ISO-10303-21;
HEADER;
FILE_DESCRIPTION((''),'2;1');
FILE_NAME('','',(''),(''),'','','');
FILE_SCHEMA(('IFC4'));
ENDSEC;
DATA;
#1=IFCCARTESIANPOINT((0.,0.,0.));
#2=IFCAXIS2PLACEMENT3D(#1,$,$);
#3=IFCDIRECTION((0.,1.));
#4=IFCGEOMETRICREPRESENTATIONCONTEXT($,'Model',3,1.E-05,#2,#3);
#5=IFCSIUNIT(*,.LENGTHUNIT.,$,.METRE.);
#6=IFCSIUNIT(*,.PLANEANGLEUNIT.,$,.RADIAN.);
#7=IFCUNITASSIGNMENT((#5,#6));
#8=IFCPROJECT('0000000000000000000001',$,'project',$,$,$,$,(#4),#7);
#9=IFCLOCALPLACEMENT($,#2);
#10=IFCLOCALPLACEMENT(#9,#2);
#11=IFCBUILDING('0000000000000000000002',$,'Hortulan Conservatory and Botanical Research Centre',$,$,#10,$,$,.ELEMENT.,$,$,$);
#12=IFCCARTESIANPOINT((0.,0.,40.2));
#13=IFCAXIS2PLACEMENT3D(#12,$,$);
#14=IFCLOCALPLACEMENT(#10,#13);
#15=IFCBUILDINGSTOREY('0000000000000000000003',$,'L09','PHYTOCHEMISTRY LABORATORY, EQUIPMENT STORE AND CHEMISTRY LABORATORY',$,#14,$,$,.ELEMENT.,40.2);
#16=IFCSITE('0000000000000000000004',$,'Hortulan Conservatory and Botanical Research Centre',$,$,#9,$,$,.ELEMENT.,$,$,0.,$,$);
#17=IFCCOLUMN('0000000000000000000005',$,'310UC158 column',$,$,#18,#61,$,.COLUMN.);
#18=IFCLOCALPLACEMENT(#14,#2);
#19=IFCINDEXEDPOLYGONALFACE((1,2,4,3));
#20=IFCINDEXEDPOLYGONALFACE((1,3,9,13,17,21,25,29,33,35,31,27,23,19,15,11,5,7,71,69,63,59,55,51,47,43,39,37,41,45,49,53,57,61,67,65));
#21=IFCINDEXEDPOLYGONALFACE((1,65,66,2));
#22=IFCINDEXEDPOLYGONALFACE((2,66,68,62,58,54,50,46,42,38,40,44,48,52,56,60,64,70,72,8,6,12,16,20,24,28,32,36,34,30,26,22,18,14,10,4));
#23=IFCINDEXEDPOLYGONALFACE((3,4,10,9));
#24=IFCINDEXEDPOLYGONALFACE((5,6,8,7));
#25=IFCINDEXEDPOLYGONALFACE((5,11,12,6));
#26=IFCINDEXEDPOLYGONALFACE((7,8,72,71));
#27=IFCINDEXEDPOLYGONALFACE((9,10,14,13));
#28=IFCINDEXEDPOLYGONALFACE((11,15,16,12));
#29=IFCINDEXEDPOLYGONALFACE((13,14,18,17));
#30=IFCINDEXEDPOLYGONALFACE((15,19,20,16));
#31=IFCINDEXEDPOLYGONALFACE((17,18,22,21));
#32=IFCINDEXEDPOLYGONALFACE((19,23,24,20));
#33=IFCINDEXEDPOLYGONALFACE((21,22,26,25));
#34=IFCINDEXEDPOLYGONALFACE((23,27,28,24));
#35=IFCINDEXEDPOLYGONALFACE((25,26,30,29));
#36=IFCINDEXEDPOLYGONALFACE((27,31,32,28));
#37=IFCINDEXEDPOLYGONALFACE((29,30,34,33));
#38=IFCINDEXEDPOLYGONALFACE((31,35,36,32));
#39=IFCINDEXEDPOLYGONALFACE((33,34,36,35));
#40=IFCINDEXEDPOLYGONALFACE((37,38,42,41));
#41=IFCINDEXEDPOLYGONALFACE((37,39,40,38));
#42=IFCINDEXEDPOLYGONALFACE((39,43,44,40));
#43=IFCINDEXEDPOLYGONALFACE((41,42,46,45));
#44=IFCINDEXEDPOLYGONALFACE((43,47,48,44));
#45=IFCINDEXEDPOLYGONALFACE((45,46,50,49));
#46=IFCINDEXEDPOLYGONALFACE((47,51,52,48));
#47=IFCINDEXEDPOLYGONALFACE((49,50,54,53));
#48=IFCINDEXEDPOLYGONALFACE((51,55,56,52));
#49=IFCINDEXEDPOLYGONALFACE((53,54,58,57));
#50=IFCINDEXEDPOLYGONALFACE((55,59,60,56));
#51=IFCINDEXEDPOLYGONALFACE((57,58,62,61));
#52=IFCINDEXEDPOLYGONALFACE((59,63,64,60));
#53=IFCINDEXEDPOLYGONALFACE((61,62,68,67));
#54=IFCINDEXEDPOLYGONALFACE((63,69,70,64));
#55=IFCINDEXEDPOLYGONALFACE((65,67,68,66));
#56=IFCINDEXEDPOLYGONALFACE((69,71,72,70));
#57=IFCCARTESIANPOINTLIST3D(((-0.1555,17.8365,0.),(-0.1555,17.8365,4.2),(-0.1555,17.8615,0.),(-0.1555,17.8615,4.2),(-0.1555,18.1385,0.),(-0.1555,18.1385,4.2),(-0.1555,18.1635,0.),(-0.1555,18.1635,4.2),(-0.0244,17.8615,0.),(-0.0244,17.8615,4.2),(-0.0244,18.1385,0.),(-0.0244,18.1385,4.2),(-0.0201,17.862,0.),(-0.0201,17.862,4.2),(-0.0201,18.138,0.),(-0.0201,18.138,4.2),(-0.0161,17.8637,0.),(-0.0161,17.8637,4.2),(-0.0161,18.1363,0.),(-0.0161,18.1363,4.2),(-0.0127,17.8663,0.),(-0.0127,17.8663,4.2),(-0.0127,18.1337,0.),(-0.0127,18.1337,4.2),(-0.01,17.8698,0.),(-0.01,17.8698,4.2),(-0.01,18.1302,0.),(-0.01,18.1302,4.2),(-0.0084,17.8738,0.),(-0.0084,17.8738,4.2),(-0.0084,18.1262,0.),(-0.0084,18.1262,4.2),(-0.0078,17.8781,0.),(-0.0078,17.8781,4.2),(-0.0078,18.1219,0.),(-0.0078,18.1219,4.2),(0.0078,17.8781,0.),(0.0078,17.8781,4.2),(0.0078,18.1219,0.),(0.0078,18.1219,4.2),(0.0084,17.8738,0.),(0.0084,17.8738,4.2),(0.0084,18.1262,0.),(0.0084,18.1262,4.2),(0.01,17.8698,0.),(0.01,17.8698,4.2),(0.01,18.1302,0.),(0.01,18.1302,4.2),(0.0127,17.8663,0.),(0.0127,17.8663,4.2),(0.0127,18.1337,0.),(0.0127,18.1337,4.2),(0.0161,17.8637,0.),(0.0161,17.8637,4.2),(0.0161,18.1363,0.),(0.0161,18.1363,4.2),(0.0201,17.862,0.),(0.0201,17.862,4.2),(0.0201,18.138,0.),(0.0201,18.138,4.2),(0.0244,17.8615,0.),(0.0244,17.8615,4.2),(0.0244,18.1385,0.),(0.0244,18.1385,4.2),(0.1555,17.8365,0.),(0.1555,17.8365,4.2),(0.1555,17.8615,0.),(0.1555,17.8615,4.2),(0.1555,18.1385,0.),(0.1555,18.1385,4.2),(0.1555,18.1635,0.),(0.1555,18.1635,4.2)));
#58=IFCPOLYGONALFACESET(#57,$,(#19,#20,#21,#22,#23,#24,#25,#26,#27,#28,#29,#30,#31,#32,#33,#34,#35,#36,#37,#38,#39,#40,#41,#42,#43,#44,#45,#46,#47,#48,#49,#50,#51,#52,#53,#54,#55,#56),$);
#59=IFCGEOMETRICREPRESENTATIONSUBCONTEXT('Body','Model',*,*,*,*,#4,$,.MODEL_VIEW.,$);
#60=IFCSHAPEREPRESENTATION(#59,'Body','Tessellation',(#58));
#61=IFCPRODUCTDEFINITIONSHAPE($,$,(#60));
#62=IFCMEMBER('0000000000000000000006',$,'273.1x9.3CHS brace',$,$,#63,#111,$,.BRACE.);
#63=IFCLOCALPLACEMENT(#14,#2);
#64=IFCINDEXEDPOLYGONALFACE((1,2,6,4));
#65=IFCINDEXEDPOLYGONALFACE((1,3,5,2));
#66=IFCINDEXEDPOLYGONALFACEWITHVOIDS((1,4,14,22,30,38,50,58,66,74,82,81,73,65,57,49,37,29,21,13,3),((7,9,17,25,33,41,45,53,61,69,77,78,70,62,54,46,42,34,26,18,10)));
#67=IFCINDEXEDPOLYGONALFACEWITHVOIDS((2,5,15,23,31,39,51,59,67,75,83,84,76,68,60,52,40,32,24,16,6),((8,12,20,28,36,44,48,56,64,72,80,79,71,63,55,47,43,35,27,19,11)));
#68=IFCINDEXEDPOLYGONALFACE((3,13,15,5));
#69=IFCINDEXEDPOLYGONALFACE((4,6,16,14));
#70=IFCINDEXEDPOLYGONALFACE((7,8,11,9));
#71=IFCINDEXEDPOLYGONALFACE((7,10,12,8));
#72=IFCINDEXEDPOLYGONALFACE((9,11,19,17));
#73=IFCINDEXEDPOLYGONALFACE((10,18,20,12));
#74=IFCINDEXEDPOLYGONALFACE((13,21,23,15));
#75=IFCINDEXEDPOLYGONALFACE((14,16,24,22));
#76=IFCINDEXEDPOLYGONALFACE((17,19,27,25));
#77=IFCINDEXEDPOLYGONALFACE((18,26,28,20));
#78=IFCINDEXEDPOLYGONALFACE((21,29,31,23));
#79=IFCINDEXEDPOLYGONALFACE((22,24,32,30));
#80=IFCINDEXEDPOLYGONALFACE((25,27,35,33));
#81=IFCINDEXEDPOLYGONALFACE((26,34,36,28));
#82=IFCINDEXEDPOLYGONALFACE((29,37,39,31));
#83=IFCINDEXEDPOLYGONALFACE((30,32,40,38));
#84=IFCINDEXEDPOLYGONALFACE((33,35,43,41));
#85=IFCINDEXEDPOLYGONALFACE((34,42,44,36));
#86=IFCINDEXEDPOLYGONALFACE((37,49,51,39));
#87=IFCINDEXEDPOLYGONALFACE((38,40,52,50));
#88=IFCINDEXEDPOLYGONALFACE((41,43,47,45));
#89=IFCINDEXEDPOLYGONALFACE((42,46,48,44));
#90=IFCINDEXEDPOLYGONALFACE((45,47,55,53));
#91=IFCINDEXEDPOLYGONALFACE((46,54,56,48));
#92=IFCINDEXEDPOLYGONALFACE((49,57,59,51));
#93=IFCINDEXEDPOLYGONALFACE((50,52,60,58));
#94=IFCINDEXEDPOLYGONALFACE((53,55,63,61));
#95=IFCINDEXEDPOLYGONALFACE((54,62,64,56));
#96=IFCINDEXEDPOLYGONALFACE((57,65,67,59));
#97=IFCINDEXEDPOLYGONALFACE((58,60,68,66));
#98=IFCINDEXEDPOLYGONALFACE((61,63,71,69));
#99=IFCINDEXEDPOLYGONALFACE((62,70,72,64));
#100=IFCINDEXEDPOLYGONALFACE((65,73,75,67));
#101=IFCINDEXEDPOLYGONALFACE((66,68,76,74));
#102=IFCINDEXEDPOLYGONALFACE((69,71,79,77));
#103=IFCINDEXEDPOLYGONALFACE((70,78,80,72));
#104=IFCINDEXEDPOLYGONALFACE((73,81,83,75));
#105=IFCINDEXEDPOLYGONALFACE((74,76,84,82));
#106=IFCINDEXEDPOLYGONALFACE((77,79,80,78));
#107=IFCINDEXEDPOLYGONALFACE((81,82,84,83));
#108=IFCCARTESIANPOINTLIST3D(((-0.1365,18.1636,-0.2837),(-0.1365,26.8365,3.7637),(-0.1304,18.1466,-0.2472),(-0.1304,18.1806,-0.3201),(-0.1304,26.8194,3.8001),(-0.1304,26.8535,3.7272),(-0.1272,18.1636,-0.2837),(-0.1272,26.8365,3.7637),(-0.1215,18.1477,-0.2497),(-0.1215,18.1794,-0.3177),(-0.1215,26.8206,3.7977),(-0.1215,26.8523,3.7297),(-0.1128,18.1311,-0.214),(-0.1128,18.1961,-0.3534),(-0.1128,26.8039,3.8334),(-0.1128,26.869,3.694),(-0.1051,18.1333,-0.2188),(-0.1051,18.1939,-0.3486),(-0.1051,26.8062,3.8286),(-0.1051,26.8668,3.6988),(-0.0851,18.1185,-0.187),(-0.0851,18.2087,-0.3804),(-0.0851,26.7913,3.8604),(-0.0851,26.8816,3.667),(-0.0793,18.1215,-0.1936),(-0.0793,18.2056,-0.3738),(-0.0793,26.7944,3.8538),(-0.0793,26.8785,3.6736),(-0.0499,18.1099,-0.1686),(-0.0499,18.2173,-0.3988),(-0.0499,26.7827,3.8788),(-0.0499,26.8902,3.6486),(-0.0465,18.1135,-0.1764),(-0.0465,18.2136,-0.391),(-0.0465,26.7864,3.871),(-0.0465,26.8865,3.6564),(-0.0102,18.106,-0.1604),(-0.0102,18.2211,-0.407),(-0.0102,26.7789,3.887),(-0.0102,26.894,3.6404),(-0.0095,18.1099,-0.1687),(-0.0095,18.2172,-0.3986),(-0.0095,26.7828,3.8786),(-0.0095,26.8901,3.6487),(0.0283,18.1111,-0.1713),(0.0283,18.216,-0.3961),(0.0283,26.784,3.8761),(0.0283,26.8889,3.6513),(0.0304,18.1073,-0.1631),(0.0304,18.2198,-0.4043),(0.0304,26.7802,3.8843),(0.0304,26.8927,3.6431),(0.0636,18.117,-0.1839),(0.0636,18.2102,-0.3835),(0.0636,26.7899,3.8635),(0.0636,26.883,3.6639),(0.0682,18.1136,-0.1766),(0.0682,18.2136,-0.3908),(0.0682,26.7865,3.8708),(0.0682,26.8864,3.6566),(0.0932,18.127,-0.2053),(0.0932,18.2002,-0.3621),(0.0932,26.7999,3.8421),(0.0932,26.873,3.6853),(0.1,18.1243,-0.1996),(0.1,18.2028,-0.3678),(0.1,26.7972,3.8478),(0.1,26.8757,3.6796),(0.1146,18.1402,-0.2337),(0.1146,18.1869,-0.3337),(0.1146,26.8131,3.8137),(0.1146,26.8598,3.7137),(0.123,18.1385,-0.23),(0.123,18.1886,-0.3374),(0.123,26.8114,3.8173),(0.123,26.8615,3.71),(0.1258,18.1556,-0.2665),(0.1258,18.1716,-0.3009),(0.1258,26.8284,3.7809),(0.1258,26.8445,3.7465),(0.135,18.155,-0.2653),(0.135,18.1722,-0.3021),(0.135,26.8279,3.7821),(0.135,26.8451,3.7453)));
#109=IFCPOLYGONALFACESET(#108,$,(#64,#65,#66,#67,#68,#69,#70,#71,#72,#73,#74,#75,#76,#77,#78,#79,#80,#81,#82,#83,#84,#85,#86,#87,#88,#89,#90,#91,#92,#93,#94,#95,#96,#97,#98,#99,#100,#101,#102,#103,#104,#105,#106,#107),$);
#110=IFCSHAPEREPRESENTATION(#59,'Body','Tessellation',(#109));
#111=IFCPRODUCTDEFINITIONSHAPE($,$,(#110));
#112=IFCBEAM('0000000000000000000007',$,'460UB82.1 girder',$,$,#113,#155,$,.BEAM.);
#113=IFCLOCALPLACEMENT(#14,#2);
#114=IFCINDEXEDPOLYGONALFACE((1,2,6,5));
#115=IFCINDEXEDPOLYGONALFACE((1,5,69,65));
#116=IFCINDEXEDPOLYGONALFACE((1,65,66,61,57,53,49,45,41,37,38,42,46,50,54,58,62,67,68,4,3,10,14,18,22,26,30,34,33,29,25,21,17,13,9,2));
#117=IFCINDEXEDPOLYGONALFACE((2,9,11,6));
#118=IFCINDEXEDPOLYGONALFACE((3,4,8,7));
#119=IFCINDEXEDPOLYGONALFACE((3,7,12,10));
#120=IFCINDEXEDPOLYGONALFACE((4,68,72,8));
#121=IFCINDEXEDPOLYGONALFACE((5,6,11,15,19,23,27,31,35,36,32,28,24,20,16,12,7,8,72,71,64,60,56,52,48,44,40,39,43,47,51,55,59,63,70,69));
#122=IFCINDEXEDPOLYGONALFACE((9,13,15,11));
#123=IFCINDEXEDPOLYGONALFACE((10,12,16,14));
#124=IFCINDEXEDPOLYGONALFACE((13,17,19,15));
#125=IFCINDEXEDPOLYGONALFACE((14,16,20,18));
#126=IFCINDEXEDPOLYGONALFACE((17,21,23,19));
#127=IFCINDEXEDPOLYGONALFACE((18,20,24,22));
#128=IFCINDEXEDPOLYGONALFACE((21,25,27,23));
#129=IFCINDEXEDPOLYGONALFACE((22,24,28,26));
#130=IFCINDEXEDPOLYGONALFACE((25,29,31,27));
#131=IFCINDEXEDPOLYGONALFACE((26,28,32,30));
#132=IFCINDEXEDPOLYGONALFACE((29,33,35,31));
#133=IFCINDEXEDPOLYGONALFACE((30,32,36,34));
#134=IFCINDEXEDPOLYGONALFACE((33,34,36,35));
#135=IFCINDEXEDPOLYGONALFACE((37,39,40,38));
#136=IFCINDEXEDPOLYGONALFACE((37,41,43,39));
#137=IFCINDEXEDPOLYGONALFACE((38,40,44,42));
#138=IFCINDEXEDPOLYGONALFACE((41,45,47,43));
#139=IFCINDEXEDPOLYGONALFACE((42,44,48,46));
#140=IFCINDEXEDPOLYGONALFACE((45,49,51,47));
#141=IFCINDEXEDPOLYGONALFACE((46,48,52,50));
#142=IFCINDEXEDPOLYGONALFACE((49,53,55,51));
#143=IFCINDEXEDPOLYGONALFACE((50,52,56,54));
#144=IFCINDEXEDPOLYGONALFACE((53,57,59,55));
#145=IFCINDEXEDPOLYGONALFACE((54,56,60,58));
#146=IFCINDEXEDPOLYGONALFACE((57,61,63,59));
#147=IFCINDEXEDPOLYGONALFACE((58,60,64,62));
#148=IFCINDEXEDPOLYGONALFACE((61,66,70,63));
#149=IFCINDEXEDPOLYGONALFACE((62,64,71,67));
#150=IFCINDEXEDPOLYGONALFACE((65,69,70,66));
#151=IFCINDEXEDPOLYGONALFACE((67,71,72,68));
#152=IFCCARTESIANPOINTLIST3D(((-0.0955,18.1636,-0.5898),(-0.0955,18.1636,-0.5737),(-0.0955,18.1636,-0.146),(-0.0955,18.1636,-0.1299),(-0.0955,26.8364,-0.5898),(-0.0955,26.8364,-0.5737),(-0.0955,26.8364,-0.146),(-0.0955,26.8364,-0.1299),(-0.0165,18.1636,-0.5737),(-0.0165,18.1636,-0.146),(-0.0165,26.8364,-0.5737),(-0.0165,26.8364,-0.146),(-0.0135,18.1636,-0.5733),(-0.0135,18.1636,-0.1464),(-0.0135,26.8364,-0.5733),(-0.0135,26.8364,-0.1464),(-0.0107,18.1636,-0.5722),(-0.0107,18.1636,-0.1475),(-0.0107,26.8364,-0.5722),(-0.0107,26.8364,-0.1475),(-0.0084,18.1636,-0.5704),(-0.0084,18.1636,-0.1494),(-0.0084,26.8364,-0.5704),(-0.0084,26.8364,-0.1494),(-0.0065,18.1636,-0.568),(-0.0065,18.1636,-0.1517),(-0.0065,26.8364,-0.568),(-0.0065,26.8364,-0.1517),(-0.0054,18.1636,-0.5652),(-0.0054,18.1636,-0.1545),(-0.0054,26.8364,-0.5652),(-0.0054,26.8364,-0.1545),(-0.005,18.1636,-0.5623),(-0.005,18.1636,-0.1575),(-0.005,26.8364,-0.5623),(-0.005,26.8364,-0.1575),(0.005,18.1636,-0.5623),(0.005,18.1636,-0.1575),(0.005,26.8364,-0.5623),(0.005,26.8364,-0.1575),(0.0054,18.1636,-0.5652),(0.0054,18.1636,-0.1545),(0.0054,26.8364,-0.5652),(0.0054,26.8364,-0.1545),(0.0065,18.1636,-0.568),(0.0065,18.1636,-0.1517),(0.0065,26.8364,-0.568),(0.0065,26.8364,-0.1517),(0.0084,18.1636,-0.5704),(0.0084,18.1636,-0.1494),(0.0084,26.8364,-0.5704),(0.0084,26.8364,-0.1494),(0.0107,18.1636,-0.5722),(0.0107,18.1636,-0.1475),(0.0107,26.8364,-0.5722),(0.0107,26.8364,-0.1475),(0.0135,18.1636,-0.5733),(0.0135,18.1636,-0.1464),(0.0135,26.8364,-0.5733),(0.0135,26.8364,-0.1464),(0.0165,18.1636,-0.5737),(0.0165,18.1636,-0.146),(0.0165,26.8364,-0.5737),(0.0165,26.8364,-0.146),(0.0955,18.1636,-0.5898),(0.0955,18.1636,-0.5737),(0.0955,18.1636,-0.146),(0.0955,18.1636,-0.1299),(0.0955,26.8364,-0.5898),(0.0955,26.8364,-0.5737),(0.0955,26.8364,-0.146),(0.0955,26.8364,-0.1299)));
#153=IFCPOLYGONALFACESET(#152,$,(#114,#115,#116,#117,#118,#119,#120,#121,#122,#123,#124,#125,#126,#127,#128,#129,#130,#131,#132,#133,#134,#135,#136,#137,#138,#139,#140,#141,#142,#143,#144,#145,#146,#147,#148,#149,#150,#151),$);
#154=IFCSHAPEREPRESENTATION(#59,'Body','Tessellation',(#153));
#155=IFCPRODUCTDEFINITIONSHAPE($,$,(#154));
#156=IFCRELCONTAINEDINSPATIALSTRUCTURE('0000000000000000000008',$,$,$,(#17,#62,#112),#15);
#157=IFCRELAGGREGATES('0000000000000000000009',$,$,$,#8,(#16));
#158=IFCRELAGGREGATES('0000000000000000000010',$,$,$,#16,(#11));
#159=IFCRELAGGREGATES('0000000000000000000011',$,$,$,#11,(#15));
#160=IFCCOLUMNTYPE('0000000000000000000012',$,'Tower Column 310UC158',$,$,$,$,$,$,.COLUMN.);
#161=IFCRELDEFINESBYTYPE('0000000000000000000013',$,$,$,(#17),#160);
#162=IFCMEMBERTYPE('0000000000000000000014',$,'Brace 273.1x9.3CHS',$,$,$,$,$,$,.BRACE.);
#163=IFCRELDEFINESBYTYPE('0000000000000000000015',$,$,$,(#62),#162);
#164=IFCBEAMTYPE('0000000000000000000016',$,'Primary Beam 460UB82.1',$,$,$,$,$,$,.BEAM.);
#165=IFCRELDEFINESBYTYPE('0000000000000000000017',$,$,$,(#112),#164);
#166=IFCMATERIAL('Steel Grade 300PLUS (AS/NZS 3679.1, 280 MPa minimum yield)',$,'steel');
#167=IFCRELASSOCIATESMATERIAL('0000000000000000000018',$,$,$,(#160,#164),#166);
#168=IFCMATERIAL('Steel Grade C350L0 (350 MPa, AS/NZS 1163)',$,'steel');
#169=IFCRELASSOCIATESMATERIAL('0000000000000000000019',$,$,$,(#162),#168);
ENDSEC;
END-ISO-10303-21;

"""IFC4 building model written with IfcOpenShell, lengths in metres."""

from ifc_helpers import new_model, si_unit, direction, frame, origin, origin_2d, place, context, subcontext, project, spatial, hollow_circle, i_section, extrude, material, material_profile, profile_set, type_object, element, save


model = new_model("IFC4")

# Units and contexts
model_context = context("Model", 3, precision=1e-05, world=origin(), true_north=direction((0.0, 1.0)))
body_context = subcontext(model_context, "Body", "Model", "MODEL_VIEW")
ifc_project = project(units=[si_unit("LENGTHUNIT", "METRE"), si_unit("PLANEANGLEUNIT", "RADIAN")], contexts=[model_context])

# Site, building, storey
site_placement = place(None, origin())
site = spatial("IfcSite", under=ifc_project, at=site_placement, Name="Hortulan Conservatory and Botanical Research Centre", CompositionType="ELEMENT", RefElevation=0.0)
building_placement = place(site_placement, origin())
building = spatial("IfcBuilding", under=site, at=building_placement, Name="Hortulan Conservatory and Botanical Research Centre", CompositionType="ELEMENT")
storey_placement = place(building_placement, frame((0.0, 0.0, 40.2)))
storey = spatial("IfcBuildingStorey", under=building, at=storey_placement, Name="L09", Description="PHYTOCHEMISTRY LABORATORY, EQUIPMENT STORE AND CHEMISTRY LABORATORY", CompositionType="ELEMENT", Elevation=40.2)

# Column
ifc_material_1 = material(Name="Steel Grade 300PLUS (AS/NZS 3679.1, 280 MPa minimum yield)", Category="steel")
ifc_material_profile_1 = material_profile(ifc_material_1, i_section(OverallWidth=0.311, OverallDepth=0.3269, WebThickness=0.0156, FlangeThickness=0.0249, FilletRadius=0.0166, at=origin_2d()), Name="310UC158")
ifc_profile_set_1 = profile_set([ifc_material_profile_1], Name="Steel Grade 300PLUS (AS/NZS 3679.1, 280 MPa minimum yield)")
column_type = type_object("IfcColumnType", Name="Tower Column 310UC158", PredefinedType="COLUMN", material=ifc_profile_set_1)
column_placement = place(storey_placement, frame((0.0, 18.0, 0.0), z_axis=(0.0, 0.0, 1.0), x_axis=(1.0, 0.0, 0.0)))
element("IfcColumn", 1, at=column_placement, inside=storey, type_object=column_type, Name="310UC158 column", PredefinedType="COLUMN", context=body_context, shape_type="SweptSolid", body=[
    extrude(i_section(OverallWidth=0.311, OverallDepth=0.3269, WebThickness=0.0156, FlangeThickness=0.0249, FilletRadius=0.0166, at=origin_2d()), origin(), (0.0, 0.0, 1.0), 4.2),
])

# Member
ifc_material_2 = material(Name="Steel Grade C350L0 (350 MPa, AS/NZS 1163)", Category="steel")
ifc_material_profile_2 = material_profile(ifc_material_2, hollow_circle(Radius=0.1365, WallThickness=0.0093, at=origin_2d()), Name="273.1x9.3CHS")
ifc_profile_set_2 = profile_set([ifc_material_profile_2], Name="Steel Grade C350L0 (350 MPa, AS/NZS 1163)")
member_type = type_object("IfcMemberType", Name="Brace 273.1x9.3CHS", PredefinedType="BRACE", material=ifc_profile_set_2)
member_placement = place(storey_placement, frame((0.0, 18.1636, -0.2837), z_axis=(0.0, 0.906182, 0.422888), x_axis=(-1.0, 0.0, 0.0)))
element("IfcMember", 2, at=member_placement, inside=storey, type_object=member_type, Name="273.1x9.3CHS brace", PredefinedType="BRACE", context=body_context, shape_type="SweptSolid", body=[
    extrude(hollow_circle(Radius=0.1365, WallThickness=0.0093, at=origin_2d()), origin(), (0.0, 0.0, 1.0), 9.5708),
])

# Beam
ifc_material_profile_3 = material_profile(ifc_material_1, i_section(OverallWidth=0.1909, OverallDepth=0.46, WebThickness=0.01, FlangeThickness=0.0161, FilletRadius=0.0115, at=origin_2d()), Name="460UB82.1")
ifc_profile_set_3 = profile_set([ifc_material_profile_3], Name="Steel Grade 300PLUS (AS/NZS 3679.1, 280 MPa minimum yield)")
beam_type_1 = type_object("IfcBeamType", Name="Primary Beam 460UB82.1", PredefinedType="BEAM", material=ifc_profile_set_3)
beam_1_placement = place(storey_placement, frame((0.0, 18.1636, -0.3599), z_axis=(0.0, 1.0, 0.0), x_axis=(-1.0, 0.0, 0.0)))
element("IfcBeam", 3, at=beam_1_placement, inside=storey, type_object=beam_type_1, Name="460UB82.1 girder", PredefinedType="BEAM", context=body_context, shape_type="SweptSolid", body=[
    extrude(i_section(OverallWidth=0.1909, OverallDepth=0.46, WebThickness=0.01, FlangeThickness=0.0161, FilletRadius=0.0115, at=origin_2d()), origin(), (0.0, 0.0, 1.0), 8.6729),
])

save(model, "model.ifc")
